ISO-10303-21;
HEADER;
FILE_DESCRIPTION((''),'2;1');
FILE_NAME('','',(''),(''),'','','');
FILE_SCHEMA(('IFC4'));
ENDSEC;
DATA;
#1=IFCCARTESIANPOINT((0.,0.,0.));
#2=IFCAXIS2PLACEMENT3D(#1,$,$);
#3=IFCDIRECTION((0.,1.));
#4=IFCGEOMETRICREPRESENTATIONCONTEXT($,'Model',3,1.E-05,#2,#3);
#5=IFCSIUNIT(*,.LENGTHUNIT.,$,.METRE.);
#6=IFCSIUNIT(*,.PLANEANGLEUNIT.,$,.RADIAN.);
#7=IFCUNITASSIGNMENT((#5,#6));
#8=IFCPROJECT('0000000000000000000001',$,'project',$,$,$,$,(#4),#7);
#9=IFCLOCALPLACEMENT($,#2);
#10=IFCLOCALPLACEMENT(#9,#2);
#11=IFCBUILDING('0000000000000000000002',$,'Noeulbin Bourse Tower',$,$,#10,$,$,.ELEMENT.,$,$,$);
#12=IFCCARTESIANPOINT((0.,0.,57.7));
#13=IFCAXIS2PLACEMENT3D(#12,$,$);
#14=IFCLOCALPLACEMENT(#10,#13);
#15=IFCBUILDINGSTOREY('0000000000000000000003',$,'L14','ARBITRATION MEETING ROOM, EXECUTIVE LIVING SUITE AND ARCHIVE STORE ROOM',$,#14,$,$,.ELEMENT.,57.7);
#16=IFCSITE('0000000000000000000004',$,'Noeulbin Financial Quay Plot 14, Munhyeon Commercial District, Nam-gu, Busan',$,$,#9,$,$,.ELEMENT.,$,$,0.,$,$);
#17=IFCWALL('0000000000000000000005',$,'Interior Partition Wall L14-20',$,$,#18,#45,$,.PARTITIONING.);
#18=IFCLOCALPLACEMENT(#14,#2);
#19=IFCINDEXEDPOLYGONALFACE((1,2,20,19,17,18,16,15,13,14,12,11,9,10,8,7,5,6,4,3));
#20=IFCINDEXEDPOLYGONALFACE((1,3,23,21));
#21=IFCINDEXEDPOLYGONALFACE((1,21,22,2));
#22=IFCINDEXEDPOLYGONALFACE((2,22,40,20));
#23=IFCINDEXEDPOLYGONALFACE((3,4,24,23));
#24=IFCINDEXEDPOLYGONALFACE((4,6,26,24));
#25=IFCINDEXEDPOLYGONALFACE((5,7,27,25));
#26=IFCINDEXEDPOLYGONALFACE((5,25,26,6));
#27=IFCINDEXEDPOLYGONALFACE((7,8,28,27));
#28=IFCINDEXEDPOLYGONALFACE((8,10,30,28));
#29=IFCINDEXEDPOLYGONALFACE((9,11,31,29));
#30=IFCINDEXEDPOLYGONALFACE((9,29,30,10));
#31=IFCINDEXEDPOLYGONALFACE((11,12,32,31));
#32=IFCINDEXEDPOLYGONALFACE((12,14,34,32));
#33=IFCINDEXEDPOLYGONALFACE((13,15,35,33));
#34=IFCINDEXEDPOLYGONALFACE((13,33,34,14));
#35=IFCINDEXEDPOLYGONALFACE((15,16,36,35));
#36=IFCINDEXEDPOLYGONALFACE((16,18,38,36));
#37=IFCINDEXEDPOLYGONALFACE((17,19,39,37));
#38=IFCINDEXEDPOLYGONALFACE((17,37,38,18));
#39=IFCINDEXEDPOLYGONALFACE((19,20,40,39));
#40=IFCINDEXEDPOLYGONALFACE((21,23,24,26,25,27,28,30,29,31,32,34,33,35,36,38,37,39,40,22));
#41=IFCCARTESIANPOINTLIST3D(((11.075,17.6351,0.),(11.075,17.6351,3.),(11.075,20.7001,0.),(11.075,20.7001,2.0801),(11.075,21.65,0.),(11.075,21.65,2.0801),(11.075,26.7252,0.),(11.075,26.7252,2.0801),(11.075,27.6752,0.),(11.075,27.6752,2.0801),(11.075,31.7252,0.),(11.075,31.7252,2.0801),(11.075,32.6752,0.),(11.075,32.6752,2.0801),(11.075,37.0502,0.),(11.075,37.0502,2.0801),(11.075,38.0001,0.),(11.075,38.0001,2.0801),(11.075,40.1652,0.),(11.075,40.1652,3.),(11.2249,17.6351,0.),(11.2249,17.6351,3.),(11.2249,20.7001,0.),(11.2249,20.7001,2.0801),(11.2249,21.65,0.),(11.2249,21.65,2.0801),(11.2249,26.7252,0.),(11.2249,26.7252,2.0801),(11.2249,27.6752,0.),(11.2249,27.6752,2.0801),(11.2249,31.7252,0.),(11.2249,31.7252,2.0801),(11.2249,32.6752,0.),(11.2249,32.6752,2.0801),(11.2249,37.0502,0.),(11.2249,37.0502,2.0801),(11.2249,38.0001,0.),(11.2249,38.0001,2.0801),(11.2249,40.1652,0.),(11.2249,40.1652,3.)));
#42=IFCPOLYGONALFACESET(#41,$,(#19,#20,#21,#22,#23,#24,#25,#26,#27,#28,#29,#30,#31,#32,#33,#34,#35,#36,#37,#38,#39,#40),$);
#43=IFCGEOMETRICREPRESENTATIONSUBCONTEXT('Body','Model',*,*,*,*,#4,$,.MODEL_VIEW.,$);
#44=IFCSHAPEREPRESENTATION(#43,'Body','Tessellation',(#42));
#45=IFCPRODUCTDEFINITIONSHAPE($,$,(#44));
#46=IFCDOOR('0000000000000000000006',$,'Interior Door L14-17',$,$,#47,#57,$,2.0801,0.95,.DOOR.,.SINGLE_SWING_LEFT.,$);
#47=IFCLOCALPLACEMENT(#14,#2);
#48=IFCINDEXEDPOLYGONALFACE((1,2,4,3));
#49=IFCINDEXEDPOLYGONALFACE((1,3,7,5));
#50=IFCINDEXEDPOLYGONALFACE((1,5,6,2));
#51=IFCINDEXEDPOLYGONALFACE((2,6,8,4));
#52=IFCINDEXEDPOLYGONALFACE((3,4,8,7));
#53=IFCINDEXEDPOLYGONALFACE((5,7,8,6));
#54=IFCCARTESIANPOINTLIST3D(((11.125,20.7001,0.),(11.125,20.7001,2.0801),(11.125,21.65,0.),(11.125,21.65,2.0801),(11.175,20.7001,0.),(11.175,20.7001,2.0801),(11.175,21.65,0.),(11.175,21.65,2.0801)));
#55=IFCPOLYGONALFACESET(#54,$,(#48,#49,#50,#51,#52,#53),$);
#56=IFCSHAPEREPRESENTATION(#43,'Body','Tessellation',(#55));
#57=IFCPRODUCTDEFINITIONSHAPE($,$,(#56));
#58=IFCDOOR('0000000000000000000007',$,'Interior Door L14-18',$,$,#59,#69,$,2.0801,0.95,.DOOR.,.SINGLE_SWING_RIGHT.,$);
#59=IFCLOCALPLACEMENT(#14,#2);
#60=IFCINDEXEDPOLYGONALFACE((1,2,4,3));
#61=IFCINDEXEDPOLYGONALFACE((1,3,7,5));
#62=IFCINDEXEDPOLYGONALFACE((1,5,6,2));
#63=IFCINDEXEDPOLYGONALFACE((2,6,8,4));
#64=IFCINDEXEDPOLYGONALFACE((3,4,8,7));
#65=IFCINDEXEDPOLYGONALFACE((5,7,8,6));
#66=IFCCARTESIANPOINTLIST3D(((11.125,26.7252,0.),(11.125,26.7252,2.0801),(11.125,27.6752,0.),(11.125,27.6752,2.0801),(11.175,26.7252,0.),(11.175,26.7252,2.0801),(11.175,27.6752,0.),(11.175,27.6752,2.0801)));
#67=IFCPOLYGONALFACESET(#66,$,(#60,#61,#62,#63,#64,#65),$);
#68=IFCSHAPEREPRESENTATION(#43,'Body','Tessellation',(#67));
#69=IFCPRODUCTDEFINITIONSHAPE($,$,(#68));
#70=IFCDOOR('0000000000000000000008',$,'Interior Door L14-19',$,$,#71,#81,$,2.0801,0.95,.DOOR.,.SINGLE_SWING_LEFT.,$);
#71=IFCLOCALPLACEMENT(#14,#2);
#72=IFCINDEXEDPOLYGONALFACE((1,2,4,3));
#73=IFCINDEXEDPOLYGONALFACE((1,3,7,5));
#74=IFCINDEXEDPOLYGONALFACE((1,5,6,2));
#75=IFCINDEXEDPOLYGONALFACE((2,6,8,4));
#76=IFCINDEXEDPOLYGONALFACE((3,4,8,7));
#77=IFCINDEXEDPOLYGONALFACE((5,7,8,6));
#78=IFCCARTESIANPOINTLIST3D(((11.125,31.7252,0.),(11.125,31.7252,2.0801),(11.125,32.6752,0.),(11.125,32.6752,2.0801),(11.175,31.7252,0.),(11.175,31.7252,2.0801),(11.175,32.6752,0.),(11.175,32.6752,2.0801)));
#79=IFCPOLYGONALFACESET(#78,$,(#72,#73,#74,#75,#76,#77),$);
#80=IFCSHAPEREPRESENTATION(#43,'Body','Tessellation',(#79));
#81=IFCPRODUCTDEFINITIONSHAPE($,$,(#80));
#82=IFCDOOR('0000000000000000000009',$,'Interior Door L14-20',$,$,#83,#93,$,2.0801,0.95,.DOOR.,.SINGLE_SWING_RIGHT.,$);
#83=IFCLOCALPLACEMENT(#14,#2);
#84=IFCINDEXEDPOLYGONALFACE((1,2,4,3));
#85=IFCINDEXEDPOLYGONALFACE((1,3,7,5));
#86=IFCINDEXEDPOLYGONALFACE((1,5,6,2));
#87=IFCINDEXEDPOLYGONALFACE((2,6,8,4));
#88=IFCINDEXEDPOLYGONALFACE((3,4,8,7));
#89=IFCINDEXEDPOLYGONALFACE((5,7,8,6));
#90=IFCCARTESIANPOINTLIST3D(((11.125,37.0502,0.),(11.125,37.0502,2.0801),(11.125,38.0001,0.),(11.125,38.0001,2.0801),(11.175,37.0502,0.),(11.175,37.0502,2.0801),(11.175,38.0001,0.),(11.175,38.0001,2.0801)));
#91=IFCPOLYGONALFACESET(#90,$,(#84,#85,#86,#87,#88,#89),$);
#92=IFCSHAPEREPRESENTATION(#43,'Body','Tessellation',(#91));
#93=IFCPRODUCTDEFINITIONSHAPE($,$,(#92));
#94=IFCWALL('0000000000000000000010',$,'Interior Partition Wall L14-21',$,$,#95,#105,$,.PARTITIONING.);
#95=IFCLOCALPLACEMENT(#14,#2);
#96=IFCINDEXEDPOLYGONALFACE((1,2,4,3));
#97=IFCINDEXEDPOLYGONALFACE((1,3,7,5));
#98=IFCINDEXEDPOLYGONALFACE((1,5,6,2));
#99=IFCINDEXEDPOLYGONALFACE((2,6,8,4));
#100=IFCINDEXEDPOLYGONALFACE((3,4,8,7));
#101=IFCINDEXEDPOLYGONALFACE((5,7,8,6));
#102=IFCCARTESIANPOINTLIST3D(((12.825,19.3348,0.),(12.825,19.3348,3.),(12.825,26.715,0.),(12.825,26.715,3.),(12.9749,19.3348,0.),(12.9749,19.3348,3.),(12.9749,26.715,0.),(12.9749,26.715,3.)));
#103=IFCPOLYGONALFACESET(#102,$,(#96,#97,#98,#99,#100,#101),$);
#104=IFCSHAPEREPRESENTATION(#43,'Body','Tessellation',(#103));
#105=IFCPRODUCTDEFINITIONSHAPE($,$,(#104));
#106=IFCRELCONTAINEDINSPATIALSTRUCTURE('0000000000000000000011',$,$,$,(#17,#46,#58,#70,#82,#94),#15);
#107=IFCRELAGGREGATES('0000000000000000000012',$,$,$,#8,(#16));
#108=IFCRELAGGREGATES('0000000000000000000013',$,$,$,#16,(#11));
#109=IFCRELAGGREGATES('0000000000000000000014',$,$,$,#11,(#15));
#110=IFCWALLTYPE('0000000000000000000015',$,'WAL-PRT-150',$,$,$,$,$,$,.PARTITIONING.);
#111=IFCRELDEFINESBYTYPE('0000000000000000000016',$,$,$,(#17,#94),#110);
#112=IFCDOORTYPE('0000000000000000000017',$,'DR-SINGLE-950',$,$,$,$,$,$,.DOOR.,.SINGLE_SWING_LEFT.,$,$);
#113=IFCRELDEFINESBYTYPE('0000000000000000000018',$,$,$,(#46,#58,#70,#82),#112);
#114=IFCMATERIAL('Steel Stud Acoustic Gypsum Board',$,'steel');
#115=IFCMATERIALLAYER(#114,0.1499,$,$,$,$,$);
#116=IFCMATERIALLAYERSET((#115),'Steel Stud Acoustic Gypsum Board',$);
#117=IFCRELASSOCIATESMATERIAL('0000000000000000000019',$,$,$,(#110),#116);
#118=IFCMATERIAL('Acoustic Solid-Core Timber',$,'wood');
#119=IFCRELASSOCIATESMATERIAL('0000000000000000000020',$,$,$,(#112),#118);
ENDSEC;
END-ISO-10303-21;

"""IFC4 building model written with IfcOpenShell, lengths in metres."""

from ifc_helpers import new_model, si_unit, direction, frame, frame_2d, origin, place, context, subcontext, project, spatial, rectangle, extrude, material, layer, layer_set, type_object, element, fill, save


model = new_model("IFC4")

# Units and contexts
model_context = context("Model", 3, precision=1e-05, world=origin(), true_north=direction((0.0, 1.0)))
body_context = subcontext(model_context, "Body", "Model", "MODEL_VIEW")
ifc_project = project(units=[si_unit("LENGTHUNIT", "METRE"), si_unit("PLANEANGLEUNIT", "RADIAN")], contexts=[model_context])

# Site, building, storey
site_placement = place(None, origin())
site = spatial("IfcSite", under=ifc_project, at=site_placement, Name="Noeulbin Financial Quay Plot 14, Munhyeon Commercial District, Nam-gu, Busan", CompositionType="ELEMENT", RefElevation=0.0)
building_placement = place(site_placement, origin())
building = spatial("IfcBuilding", under=site, at=building_placement, Name="Noeulbin Bourse Tower", CompositionType="ELEMENT")
storey_placement = place(building_placement, frame((0.0, 0.0, 57.7)))
storey = spatial("IfcBuildingStorey", under=building, at=storey_placement, Name="L14", Description="ARBITRATION MEETING ROOM, EXECUTIVE LIVING SUITE AND ARCHIVE STORE ROOM", CompositionType="ELEMENT", Elevation=57.7)

# Shared definitions
ifc_material_1 = material(Name="Steel Stud Acoustic Gypsum Board", Category="steel")
ifc_layer_1 = layer(ifc_material_1, 0.1499)
ifc_layer_set_1 = layer_set([ifc_layer_1], Name="Steel Stud Acoustic Gypsum Board")
wall_type = type_object("IfcWallType", Name="WAL-PRT-150", PredefinedType="PARTITIONING", material=ifc_layer_set_1)
ifc_material_2 = material(Name="Acoustic Solid-Core Timber", Category="wood")
door_type = type_object("IfcDoorType", Name="DR-SINGLE-950", OperationType="SINGLE_SWING_LEFT", PredefinedType="DOOR", material=ifc_material_2)

# Wall, openings, doors
wall_1_placement = place(storey_placement, frame((11.1499, 17.635, 0.0), z_axis=(0.0, 0.0, 1.0), x_axis=(0.0, 1.0, 0.0)))
wall_1 = element("IfcWall", 1, at=wall_1_placement, inside=storey, type_object=wall_type, Name="Interior Partition Wall L14-20", PredefinedType="PARTITIONING", context=body_context, shape_type="SweptSolid", body=[
    extrude(rectangle(XDim=22.53, YDim=0.1499, at=frame_2d((11.2651, 0.0))), origin(), (0.0, 0.0, 1.0), 3.0),
])
opening_1_placement = place(wall_1_placement, frame((3.0649, 0.0, 0.0)))
opening_1 = element("IfcOpeningElement", 2, at=opening_1_placement, cuts=wall_1, PredefinedType="OPENING", context=body_context, shape_type="SweptSolid", body=[
    extrude(rectangle(XDim=0.95, YDim=2.0801, at=frame_2d((0.4751, 1.04))), frame((0.0, 0.085, 0.0), z_axis=(0.0, -1.0, 0.0), x_axis=(1.0, 0.0, 0.0)), (0.0, 0.0, 1.0), 0.1699),
])
opening_2_placement = place(wall_1_placement, frame((9.0901, 0.0, 0.0)))
opening_2 = element("IfcOpeningElement", 3, at=opening_2_placement, cuts=wall_1, PredefinedType="OPENING", context=body_context, shape_type="SweptSolid", body=[
    extrude(rectangle(XDim=0.95, YDim=2.0801, at=frame_2d((0.4751, 1.04))), frame((0.0, 0.085, 0.0), z_axis=(0.0, -1.0, 0.0), x_axis=(1.0, 0.0, 0.0)), (0.0, 0.0, 1.0), 0.1699),
])
opening_3_placement = place(wall_1_placement, frame((14.0901, 0.0, 0.0)))
opening_3 = element("IfcOpeningElement", 4, at=opening_3_placement, cuts=wall_1, PredefinedType="OPENING", context=body_context, shape_type="SweptSolid", body=[
    extrude(rectangle(XDim=0.95, YDim=2.0801, at=frame_2d((0.4751, 1.04))), frame((0.0, 0.085, 0.0), z_axis=(0.0, -1.0, 0.0), x_axis=(1.0, 0.0, 0.0)), (0.0, 0.0, 1.0), 0.1699),
])
opening_4_placement = place(wall_1_placement, frame((19.415, 0.0, 0.0)))
opening_4 = element("IfcOpeningElement", 5, at=opening_4_placement, cuts=wall_1, PredefinedType="OPENING", context=body_context, shape_type="SweptSolid", body=[
    extrude(rectangle(XDim=0.95, YDim=2.0801, at=frame_2d((0.4751, 1.04))), frame((0.0, 0.085, 0.0), z_axis=(0.0, -1.0, 0.0), x_axis=(1.0, 0.0, 0.0)), (0.0, 0.0, 1.0), 0.1699),
])
door_1_placement = place(opening_1_placement, origin())
door_1 = element("IfcDoor", 6, at=door_1_placement, inside=storey, type_object=door_type, Name="Interior Door L14-17", OperationType="SINGLE_SWING_LEFT", OverallHeight=2.0801, OverallWidth=0.95, PredefinedType="DOOR", context=body_context, shape_type="SweptSolid", body=[
    extrude(rectangle(XDim=0.95, YDim=2.0801, at=frame_2d((0.4751, 1.04))), frame((0.0, 0.0249, 0.0), z_axis=(0.0, -1.0, 0.0), x_axis=(1.0, 0.0, 0.0)), (0.0, 0.0, 1.0), 0.05),
])
fill(opening_1, door_1)
door_2_placement = place(opening_2_placement, origin())
door_2 = element("IfcDoor", 7, at=door_2_placement, inside=storey, type_object=door_type, Name="Interior Door L14-18", OperationType="SINGLE_SWING_RIGHT", OverallHeight=2.0801, OverallWidth=0.95, PredefinedType="DOOR", context=body_context, shape_type="SweptSolid", body=[
    extrude(rectangle(XDim=0.95, YDim=2.0801, at=frame_2d((0.4751, 1.04))), frame((0.0, 0.0249, 0.0), z_axis=(0.0, -1.0, 0.0), x_axis=(1.0, 0.0, 0.0)), (0.0, 0.0, 1.0), 0.05),
])
fill(opening_2, door_2)
door_3_placement = place(opening_3_placement, origin())
door_3 = element("IfcDoor", 8, at=door_3_placement, inside=storey, type_object=door_type, Name="Interior Door L14-19", OperationType="SINGLE_SWING_LEFT", OverallHeight=2.0801, OverallWidth=0.95, PredefinedType="DOOR", context=body_context, shape_type="SweptSolid", body=[
    extrude(rectangle(XDim=0.95, YDim=2.0801, at=frame_2d((0.4751, 1.04))), frame((0.0, 0.0249, 0.0), z_axis=(0.0, -1.0, 0.0), x_axis=(1.0, 0.0, 0.0)), (0.0, 0.0, 1.0), 0.05),
])
fill(opening_3, door_3)
door_4_placement = place(opening_4_placement, origin())
door_4 = element("IfcDoor", 9, at=door_4_placement, inside=storey, type_object=door_type, Name="Interior Door L14-20", OperationType="SINGLE_SWING_RIGHT", OverallHeight=2.0801, OverallWidth=0.95, PredefinedType="DOOR", context=body_context, shape_type="SweptSolid", body=[
    extrude(rectangle(XDim=0.95, YDim=2.0801, at=frame_2d((0.4751, 1.04))), frame((0.0, 0.0249, 0.0), z_axis=(0.0, -1.0, 0.0), x_axis=(1.0, 0.0, 0.0)), (0.0, 0.0, 1.0), 0.05),
])
fill(opening_4, door_4)

# Wall
wall_2_placement = place(storey_placement, frame((12.8999, 19.335, 0.0), z_axis=(0.0, 0.0, 1.0), x_axis=(0.0, 1.0, 0.0)))
element("IfcWall", 10, at=wall_2_placement, inside=storey, type_object=wall_type, Name="Interior Partition Wall L14-21", PredefinedType="PARTITIONING", context=body_context, shape_type="SweptSolid", body=[
    extrude(rectangle(XDim=7.3801, YDim=0.1499, at=frame_2d((3.6899, 0.0))), origin(), (0.0, 0.0, 1.0), 3.0),
])

save(model, "model.ifc")
